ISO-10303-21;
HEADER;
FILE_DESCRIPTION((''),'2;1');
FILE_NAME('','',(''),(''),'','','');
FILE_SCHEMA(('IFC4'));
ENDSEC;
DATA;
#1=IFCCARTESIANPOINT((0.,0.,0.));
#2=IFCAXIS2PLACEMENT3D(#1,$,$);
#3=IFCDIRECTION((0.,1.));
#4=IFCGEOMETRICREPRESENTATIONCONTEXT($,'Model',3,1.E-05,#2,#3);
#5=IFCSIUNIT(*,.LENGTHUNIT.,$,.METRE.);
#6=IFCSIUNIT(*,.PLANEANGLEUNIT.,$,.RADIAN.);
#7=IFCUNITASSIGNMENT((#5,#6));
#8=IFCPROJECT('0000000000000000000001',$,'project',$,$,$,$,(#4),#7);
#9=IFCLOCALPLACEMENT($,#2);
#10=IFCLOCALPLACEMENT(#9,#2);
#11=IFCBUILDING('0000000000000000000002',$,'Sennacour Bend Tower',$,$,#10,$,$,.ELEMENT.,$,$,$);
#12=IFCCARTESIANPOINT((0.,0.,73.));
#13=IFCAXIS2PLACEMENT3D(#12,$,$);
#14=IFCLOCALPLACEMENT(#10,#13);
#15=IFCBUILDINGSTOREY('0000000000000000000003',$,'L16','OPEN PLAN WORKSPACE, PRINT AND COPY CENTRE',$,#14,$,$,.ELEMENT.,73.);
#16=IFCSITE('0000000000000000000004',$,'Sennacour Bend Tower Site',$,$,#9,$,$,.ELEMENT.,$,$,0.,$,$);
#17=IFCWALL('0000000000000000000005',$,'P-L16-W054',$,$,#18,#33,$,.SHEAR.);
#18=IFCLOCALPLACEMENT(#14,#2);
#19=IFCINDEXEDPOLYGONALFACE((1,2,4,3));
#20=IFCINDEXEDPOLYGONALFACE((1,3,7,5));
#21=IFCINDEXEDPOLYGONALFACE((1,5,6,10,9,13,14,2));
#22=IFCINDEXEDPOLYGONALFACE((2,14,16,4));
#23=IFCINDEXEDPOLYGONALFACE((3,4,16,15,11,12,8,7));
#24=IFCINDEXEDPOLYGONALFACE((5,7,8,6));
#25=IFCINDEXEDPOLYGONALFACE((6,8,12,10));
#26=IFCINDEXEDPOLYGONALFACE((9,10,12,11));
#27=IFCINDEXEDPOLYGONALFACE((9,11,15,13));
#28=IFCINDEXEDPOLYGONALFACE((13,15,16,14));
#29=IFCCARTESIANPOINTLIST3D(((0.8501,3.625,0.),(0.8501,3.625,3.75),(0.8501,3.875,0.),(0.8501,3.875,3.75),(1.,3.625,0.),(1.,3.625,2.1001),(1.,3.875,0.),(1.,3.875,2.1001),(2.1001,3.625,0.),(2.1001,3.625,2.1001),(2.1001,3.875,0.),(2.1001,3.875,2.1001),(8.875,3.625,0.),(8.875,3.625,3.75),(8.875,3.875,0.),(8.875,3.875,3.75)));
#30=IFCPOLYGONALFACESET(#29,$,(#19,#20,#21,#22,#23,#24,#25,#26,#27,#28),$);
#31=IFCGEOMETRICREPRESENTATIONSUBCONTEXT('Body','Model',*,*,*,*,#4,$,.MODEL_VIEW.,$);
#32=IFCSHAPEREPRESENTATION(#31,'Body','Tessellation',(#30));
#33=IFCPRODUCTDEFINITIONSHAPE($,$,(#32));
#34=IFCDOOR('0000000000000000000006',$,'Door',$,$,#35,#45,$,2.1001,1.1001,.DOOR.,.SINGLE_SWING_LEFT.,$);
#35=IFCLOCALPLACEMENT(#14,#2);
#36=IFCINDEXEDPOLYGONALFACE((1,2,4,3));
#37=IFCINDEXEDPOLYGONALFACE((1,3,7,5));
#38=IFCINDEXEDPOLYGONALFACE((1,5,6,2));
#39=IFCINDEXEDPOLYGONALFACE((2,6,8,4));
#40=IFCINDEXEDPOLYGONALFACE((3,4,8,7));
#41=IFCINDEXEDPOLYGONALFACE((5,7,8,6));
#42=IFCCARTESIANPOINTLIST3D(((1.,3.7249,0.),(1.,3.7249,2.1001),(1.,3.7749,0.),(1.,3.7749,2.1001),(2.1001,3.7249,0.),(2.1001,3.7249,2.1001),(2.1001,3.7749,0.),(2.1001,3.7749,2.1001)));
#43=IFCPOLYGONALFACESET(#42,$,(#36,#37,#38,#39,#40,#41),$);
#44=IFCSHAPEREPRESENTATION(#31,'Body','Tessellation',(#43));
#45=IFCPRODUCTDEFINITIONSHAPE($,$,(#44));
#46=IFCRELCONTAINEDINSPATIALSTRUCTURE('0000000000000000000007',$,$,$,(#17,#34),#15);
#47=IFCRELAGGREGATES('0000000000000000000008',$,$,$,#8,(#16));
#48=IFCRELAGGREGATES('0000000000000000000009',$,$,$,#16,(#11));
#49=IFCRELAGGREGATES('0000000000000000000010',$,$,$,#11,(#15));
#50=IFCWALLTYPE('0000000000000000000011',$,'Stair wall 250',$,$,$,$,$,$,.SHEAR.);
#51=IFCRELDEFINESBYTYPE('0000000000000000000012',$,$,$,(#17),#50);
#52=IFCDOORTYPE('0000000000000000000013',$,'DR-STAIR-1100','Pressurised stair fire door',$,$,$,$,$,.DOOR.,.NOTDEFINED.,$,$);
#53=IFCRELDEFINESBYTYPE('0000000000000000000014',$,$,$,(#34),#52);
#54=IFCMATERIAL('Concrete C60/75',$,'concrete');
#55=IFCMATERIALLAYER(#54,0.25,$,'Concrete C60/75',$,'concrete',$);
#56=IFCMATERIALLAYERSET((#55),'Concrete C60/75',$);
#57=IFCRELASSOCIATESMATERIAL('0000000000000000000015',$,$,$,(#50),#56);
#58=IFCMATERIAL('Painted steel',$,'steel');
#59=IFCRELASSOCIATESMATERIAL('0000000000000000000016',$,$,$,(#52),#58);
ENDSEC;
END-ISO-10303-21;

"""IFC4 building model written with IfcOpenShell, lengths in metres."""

from ifc_helpers import new_model, si_unit, direction, frame, frame_2d, origin, place, context, subcontext, project, spatial, rectangle, extrude, material, layer, layer_set, type_object, element, fill, save


model = new_model("IFC4")

# Units and contexts
model_context = context("Model", 3, precision=1e-05, world=origin(), true_north=direction((0.0, 1.0)))
body_context = subcontext(model_context, "Body", "Model", "MODEL_VIEW")
ifc_project = project(units=[si_unit("LENGTHUNIT", "METRE"), si_unit("PLANEANGLEUNIT", "RADIAN")], contexts=[model_context])

# Site, building, storey
site_placement = place(None, origin())
site = spatial("IfcSite", under=ifc_project, at=site_placement, Name="Sennacour Bend Tower Site", CompositionType="ELEMENT", RefElevation=0.0)
building_placement = place(site_placement, origin())
building = spatial("IfcBuilding", under=site, at=building_placement, Name="Sennacour Bend Tower", CompositionType="ELEMENT")
storey_placement = place(building_placement, frame((0.0, 0.0, 73.0)))
storey = spatial("IfcBuildingStorey", under=building, at=storey_placement, Name="L16", Description="OPEN PLAN WORKSPACE, PRINT AND COPY CENTRE", CompositionType="ELEMENT", Elevation=73.0)

# Shared definitions
ifc_material_1 = material(Name="Painted steel", Category="steel")

# Wall, opening, door
ifc_material_2 = material(Name="Concrete C60/75", Category="concrete")
ifc_layer_1 = layer(ifc_material_2, 0.25, Name="Concrete C60/75", Category="concrete")
ifc_layer_set_1 = layer_set([ifc_layer_1], Name="Concrete C60/75")
wall_type_1 = type_object("IfcWallType", Name="Stair wall 250", PredefinedType="SHEAR", material=ifc_layer_set_1)
wall_1_placement = place(storey_placement, frame((0.8501, 3.75, 0.0), z_axis=(0.0, 0.0, 1.0), x_axis=(1.0, 0.0, 0.0)))
wall_1 = element("IfcWall", 1, at=wall_1_placement, inside=storey, type_object=wall_type_1, Name="P-L16-W054", PredefinedType="SHEAR", context=body_context, shape_type="SweptSolid", body=[
    extrude(rectangle(XDim=8.0249, YDim=0.25, at=frame_2d((4.0125, 0.0))), origin(), (0.0, 0.0, 1.0), 3.75),
])
opening_1_placement = place(wall_1_placement, frame((0.1499, 0.0, 0.0)))
opening_1 = element("IfcOpeningElement", 2, at=opening_1_placement, cuts=wall_1, PredefinedType="OPENING", context=body_context, shape_type="SweptSolid", body=[
    extrude(rectangle(XDim=1.1001, YDim=2.1001, at=frame_2d((0.55, 1.05))), frame((0.0, 0.135, 0.0), z_axis=(0.0, -1.0, 0.0), x_axis=(1.0, 0.0, 0.0)), (0.0, 0.0, 1.0), 0.27),
])
door_type_1 = type_object("IfcDoorType", Name="DR-STAIR-1100", Description="Pressurised stair fire door", OperationType="NOTDEFINED", PredefinedType="DOOR", material=ifc_material_1)
door_1_placement = place(opening_1_placement, origin())
door_1 = element("IfcDoor", 3, at=door_1_placement, inside=storey, type_object=door_type_1, Name="Door", OperationType="SINGLE_SWING_LEFT", OverallHeight=2.1001, OverallWidth=1.1001, PredefinedType="DOOR", context=body_context, shape_type="SweptSolid", body=[
    extrude(rectangle(XDim=1.1001, YDim=2.1001, at=frame_2d((0.55, 1.05))), frame((0.0, 0.0249, 0.0), z_axis=(0.0, -1.0, 0.0), x_axis=(1.0, 0.0, 0.0)), (0.0, 0.0, 1.0), 0.05),
])
fill(opening_1, door_1)

save(model, "model.ifc")
